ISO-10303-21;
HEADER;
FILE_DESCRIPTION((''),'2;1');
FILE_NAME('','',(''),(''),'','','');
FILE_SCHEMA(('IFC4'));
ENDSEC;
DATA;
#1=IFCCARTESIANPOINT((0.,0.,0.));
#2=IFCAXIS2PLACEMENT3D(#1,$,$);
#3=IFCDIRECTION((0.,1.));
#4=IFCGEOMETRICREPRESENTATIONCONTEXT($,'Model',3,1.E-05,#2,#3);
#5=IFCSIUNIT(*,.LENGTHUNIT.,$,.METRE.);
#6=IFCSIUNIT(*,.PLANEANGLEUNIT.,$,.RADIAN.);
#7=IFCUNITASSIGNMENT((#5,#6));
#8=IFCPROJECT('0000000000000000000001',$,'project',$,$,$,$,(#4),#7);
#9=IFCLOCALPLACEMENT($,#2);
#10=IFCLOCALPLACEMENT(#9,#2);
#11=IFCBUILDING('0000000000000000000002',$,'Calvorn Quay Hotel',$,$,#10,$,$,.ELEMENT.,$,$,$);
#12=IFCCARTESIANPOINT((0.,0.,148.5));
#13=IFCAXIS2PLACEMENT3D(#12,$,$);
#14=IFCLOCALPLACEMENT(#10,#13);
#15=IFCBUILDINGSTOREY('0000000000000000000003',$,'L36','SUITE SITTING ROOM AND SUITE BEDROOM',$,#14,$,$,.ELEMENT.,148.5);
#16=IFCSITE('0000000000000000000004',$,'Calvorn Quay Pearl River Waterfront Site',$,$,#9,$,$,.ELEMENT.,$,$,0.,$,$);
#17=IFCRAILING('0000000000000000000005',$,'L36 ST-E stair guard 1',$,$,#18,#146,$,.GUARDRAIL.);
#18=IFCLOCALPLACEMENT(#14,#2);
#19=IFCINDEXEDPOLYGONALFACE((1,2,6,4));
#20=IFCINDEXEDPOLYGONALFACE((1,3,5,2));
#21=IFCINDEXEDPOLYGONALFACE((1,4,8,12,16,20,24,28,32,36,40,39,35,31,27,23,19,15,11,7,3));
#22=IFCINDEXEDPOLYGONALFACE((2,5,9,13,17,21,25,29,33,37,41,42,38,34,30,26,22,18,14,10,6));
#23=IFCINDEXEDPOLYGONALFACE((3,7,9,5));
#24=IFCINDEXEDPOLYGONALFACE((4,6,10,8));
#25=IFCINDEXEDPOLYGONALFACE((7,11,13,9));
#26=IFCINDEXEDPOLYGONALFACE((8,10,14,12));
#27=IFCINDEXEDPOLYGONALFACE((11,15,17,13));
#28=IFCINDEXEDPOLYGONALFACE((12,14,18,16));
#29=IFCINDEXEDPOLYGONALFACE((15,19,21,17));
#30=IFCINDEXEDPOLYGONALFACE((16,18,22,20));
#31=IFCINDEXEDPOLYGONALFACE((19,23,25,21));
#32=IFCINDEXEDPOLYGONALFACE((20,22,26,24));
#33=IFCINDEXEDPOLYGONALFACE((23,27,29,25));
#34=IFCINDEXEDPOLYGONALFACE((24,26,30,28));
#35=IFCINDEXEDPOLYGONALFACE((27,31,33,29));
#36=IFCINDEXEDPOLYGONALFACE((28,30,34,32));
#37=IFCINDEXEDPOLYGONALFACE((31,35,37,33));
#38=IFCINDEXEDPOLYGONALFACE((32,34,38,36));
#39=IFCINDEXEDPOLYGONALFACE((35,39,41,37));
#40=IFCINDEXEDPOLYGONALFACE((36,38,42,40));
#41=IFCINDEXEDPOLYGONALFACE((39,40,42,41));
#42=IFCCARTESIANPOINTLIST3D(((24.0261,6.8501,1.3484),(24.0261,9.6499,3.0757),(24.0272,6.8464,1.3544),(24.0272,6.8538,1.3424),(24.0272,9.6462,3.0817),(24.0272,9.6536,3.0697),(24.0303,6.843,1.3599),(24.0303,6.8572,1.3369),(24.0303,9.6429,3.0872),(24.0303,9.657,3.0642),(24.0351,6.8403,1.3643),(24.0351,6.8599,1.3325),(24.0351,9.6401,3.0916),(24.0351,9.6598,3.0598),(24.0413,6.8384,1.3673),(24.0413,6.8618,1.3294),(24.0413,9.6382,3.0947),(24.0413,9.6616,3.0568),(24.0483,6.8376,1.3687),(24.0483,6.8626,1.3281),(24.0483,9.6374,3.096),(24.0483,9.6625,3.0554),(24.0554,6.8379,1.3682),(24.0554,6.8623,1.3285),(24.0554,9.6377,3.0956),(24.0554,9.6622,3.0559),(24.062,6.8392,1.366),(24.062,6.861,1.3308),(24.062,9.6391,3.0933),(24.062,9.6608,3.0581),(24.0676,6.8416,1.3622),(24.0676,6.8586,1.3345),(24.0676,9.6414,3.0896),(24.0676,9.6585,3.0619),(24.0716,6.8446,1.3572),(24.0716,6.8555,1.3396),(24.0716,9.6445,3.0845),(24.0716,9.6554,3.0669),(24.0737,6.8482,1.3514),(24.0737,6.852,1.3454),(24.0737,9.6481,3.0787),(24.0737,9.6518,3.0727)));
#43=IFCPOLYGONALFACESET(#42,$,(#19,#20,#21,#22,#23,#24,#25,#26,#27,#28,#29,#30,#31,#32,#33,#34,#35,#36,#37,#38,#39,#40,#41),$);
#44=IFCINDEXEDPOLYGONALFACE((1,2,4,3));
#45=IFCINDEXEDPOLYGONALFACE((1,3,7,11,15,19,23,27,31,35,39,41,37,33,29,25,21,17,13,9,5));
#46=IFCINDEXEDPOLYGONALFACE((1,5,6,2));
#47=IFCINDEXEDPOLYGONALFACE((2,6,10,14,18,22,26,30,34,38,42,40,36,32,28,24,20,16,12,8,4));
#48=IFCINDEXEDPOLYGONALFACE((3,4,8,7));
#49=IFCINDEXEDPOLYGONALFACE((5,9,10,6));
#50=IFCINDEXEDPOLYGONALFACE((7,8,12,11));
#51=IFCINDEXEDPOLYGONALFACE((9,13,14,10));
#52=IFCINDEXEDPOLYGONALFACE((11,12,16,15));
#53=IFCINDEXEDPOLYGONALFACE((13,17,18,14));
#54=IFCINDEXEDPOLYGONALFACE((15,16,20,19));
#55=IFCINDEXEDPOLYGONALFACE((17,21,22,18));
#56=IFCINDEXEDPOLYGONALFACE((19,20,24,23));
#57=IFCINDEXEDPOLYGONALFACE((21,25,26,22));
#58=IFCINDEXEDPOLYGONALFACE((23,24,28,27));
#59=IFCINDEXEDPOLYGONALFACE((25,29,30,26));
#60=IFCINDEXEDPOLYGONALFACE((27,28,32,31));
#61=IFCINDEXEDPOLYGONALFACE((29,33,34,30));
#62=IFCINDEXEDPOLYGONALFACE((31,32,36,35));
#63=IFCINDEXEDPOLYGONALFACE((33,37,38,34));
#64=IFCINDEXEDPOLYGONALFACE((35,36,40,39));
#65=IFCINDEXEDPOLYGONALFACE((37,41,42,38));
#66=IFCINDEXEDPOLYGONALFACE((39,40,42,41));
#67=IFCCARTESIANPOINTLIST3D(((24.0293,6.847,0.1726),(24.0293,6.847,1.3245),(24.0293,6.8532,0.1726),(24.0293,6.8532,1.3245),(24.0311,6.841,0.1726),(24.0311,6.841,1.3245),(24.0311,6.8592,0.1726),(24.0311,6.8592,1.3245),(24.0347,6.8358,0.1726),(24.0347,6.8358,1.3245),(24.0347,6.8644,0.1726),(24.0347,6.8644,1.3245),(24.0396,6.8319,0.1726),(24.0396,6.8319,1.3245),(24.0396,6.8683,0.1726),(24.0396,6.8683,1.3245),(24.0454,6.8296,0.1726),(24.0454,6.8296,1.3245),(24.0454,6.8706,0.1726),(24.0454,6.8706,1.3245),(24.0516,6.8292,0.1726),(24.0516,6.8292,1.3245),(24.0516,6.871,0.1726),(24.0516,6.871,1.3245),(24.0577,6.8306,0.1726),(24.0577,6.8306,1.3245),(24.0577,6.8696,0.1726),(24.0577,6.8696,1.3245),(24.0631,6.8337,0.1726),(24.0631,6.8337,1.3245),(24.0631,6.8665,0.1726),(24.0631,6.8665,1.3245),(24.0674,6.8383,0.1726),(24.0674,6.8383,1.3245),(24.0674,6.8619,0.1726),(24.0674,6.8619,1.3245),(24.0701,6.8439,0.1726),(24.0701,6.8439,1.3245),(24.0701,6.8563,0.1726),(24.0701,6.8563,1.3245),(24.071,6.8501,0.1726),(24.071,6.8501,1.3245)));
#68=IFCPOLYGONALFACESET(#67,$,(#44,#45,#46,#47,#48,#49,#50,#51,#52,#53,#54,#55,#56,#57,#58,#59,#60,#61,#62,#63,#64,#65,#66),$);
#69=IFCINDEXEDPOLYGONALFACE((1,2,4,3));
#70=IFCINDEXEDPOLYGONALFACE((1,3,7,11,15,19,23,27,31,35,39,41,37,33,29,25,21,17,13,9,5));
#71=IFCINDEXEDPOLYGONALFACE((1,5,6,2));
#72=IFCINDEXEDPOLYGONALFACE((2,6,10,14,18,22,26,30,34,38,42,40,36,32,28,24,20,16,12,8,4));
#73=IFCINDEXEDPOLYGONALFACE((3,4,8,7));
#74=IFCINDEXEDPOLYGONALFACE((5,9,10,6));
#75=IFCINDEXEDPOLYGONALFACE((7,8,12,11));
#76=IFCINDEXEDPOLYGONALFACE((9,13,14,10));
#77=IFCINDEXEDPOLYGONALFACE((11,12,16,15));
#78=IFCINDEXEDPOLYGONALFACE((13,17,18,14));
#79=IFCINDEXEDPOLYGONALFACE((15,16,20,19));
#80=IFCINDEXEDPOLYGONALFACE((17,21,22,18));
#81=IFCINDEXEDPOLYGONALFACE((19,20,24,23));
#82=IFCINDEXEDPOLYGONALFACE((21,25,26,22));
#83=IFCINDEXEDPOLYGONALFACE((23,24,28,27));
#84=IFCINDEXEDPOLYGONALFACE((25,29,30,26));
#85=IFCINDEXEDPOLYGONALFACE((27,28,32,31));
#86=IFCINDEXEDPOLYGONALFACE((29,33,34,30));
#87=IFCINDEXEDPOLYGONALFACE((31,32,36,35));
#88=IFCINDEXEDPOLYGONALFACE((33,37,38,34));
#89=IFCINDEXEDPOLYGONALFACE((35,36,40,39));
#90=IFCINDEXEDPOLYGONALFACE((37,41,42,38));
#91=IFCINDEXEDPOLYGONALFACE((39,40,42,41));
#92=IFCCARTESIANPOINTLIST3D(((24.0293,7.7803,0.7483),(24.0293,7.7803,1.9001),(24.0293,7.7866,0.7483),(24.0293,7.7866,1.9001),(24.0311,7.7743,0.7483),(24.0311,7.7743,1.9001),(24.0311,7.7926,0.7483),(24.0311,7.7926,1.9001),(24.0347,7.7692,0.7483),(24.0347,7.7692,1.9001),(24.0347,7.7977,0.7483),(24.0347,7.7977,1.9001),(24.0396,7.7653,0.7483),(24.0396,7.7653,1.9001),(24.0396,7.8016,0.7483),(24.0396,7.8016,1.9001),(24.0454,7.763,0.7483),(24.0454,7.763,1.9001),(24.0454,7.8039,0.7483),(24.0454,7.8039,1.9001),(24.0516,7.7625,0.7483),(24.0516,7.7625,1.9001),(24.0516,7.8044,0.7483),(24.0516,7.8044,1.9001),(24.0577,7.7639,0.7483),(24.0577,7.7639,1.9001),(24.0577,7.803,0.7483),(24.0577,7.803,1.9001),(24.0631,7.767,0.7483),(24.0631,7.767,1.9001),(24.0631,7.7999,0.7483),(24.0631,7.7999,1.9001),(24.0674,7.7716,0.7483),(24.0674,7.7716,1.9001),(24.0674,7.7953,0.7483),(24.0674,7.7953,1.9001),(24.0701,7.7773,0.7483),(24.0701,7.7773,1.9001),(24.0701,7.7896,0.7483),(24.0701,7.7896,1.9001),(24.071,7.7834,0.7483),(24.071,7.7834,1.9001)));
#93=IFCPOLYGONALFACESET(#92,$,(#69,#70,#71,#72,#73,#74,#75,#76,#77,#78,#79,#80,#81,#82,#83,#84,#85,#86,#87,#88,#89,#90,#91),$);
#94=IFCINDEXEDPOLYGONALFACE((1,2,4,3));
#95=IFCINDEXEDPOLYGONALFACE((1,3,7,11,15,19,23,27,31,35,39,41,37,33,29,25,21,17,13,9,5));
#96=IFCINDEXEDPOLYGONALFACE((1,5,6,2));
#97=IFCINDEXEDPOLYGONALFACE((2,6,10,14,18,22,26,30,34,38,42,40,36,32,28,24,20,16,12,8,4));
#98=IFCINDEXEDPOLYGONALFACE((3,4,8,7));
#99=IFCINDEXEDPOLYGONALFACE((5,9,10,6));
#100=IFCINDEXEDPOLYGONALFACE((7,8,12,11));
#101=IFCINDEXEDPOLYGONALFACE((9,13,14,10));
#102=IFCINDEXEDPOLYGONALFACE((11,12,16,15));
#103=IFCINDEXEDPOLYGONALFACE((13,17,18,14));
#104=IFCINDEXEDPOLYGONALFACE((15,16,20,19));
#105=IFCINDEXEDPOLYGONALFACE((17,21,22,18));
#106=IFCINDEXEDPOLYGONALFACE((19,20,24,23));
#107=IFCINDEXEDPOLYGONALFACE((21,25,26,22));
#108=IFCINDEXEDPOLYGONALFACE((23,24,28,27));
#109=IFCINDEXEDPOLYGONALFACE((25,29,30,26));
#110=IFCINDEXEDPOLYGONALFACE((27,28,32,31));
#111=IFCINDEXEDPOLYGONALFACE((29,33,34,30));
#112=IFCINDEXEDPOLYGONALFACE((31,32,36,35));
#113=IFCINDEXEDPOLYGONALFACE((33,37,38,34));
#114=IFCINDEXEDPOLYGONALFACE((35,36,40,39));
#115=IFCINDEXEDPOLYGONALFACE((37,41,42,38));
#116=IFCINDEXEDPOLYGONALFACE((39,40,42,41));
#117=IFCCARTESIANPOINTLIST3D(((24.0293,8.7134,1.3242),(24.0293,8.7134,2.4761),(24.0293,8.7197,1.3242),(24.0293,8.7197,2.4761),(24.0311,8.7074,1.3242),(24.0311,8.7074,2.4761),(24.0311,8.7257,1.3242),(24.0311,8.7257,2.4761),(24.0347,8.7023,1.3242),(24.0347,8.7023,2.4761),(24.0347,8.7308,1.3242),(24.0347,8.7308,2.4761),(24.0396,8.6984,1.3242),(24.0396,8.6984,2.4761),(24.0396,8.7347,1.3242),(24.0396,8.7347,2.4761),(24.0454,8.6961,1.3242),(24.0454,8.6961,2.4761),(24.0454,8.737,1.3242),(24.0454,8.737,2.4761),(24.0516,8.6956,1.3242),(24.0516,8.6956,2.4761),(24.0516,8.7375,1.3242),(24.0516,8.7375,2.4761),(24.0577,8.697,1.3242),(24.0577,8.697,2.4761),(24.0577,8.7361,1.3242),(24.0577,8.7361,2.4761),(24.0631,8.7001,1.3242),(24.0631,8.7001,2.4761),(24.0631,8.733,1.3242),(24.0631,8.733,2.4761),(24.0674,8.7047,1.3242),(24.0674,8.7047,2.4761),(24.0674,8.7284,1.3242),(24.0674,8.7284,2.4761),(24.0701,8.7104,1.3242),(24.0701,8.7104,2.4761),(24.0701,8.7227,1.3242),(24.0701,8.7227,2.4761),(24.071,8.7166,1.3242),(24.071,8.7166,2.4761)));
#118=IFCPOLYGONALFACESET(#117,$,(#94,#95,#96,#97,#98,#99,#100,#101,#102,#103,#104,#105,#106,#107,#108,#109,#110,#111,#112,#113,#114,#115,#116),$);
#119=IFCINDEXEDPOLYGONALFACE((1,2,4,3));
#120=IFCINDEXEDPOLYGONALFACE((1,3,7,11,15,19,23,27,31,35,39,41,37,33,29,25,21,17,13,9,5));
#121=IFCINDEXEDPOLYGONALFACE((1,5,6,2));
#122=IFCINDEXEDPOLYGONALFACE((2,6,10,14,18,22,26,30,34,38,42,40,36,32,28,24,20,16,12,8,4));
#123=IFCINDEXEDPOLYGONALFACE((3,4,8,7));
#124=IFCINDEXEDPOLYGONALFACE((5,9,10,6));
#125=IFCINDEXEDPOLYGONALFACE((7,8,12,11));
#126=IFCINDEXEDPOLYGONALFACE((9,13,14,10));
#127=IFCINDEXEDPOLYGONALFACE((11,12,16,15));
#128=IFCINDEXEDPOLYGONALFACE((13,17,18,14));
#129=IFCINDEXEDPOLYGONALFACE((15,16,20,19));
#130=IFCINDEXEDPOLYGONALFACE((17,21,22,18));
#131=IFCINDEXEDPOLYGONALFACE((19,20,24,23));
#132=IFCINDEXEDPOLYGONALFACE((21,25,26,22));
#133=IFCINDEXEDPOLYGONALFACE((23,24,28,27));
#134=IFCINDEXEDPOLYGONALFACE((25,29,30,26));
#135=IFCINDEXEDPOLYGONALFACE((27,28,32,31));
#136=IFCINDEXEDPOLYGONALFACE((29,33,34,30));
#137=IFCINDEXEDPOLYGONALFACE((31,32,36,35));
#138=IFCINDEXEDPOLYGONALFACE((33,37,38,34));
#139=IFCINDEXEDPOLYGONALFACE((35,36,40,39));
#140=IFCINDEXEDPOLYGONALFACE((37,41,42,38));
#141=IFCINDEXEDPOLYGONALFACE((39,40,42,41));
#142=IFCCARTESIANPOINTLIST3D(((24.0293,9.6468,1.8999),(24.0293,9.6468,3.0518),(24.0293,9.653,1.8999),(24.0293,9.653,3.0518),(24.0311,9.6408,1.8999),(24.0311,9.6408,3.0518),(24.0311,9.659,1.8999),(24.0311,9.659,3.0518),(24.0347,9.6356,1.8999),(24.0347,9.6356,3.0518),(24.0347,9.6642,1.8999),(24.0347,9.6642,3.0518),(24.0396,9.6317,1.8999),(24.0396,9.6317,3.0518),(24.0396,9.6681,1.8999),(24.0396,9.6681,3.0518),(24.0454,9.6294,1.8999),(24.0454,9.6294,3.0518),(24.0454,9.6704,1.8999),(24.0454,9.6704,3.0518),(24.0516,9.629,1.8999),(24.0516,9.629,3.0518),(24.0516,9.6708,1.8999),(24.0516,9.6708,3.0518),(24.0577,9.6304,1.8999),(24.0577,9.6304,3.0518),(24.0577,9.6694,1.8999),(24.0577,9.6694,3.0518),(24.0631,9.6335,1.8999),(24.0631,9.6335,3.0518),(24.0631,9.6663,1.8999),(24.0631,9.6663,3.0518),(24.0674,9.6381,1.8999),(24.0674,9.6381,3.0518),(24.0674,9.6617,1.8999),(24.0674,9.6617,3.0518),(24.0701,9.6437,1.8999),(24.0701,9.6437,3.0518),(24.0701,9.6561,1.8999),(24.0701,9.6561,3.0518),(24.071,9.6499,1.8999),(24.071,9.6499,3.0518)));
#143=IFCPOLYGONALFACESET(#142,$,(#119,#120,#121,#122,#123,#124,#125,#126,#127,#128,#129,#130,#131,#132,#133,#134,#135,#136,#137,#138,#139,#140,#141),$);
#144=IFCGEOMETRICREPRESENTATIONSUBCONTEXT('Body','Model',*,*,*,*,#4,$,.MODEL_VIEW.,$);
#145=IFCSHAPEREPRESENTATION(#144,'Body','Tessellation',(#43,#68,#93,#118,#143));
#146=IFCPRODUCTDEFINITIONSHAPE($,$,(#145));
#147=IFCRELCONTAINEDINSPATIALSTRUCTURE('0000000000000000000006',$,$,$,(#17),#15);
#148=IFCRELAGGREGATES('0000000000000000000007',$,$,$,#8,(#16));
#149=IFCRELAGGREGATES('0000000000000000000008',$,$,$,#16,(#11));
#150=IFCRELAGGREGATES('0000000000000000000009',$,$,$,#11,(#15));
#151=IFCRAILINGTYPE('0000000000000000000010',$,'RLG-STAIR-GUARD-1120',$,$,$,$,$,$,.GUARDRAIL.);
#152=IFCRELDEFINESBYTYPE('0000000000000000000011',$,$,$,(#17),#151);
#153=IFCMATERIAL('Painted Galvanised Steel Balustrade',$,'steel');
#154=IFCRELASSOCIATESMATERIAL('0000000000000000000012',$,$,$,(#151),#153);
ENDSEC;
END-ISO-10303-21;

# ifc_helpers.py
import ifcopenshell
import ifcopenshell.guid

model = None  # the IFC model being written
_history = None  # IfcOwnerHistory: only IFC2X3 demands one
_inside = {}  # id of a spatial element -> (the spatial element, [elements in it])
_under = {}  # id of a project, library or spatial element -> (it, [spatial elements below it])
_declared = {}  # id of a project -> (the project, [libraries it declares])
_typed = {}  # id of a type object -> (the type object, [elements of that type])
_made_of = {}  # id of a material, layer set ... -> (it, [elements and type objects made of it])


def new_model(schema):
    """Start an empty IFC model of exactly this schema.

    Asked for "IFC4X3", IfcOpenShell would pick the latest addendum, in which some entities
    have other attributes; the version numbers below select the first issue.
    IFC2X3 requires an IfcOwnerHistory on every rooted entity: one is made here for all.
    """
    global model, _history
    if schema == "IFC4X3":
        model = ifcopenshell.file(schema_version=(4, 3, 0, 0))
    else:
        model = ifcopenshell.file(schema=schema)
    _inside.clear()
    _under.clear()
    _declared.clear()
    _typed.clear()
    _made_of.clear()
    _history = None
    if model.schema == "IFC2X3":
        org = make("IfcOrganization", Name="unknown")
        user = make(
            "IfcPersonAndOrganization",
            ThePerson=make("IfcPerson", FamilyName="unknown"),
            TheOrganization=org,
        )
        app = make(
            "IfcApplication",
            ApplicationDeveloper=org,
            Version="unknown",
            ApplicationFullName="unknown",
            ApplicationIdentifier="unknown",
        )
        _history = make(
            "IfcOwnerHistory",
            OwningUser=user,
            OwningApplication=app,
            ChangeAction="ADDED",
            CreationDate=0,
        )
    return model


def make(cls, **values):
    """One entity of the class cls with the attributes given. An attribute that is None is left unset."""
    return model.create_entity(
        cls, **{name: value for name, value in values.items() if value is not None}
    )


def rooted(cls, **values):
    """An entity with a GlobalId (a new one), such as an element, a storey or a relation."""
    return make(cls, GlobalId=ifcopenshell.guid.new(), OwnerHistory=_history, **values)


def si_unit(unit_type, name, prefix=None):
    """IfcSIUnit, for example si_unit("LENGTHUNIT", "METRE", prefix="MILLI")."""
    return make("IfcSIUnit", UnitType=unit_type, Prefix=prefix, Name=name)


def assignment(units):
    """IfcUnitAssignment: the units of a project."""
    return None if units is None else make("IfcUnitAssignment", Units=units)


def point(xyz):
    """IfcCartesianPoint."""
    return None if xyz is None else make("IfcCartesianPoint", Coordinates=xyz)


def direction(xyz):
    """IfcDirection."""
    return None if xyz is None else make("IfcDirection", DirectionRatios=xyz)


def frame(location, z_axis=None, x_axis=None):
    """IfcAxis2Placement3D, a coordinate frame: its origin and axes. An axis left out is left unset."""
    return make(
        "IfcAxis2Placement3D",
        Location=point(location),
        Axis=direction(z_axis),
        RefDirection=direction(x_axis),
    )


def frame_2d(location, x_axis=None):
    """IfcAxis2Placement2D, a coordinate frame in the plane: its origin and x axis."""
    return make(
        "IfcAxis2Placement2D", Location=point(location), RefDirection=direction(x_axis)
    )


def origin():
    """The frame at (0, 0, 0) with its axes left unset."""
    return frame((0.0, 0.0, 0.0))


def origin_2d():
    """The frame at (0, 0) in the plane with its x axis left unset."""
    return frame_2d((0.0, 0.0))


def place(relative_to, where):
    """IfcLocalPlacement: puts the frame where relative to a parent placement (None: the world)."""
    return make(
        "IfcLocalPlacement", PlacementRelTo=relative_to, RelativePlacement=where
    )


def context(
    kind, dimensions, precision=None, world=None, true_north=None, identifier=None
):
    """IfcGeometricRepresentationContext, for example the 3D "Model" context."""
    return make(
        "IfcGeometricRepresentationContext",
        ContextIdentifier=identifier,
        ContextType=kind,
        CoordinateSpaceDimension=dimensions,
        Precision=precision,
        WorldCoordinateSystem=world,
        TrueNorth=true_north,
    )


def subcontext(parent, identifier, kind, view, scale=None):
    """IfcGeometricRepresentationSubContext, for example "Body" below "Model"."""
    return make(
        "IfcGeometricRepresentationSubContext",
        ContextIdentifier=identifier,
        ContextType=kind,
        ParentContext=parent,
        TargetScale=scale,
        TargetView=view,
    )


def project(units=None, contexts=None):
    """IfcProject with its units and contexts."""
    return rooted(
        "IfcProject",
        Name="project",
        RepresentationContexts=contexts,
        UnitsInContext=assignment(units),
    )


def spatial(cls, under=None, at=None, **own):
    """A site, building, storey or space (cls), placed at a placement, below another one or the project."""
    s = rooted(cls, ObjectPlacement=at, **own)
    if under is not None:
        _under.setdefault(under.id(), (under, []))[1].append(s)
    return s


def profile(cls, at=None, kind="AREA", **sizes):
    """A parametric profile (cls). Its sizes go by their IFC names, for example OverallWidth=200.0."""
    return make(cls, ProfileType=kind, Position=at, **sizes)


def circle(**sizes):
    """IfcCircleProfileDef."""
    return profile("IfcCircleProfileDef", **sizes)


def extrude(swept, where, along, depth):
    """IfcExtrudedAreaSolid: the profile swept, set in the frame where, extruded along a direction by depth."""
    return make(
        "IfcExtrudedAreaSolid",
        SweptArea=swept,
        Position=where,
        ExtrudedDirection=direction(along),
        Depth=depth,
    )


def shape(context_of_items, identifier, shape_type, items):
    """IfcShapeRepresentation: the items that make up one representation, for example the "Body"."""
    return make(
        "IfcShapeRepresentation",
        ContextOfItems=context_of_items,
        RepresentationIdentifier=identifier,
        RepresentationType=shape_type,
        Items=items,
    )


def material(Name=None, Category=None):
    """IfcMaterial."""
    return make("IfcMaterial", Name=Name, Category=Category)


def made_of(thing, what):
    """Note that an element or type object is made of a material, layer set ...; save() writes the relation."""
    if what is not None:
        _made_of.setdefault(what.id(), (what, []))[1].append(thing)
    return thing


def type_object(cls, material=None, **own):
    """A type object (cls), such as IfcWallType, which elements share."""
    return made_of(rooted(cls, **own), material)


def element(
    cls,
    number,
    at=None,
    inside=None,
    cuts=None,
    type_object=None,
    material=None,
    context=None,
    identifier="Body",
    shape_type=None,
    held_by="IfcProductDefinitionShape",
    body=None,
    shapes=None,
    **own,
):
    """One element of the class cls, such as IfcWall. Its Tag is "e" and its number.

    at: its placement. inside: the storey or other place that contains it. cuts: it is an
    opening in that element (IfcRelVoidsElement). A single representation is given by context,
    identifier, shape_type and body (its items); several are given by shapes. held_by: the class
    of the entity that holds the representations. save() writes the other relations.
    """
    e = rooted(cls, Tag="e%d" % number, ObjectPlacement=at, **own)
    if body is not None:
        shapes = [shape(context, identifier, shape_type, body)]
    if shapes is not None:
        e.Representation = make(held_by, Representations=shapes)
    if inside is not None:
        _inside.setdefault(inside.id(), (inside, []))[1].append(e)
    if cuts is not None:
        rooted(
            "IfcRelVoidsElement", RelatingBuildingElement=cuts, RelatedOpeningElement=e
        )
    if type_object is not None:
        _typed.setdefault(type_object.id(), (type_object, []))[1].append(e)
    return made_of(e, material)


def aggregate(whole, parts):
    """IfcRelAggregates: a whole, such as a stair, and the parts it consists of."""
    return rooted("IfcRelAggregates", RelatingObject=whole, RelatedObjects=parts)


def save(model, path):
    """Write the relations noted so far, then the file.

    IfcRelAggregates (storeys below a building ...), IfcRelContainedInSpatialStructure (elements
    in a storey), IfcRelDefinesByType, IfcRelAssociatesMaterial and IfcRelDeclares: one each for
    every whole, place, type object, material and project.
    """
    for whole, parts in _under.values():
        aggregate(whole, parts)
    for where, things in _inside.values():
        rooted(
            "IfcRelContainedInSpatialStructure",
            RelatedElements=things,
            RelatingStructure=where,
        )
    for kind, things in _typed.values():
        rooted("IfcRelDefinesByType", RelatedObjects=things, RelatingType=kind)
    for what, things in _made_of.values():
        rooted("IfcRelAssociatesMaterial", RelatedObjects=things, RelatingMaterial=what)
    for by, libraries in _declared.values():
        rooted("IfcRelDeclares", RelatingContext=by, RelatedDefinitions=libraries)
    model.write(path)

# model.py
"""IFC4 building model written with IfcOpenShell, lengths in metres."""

from ifc_helpers import new_model, si_unit, direction, frame, origin, origin_2d, place, context, subcontext, project, spatial, circle, extrude, material, type_object, element, save


model = new_model("IFC4")

# Units and contexts
model_context = context("Model", 3, precision=1e-05, world=origin(), true_north=direction((0.0, 1.0)))
body_context = subcontext(model_context, "Body", "Model", "MODEL_VIEW")
ifc_project = project(units=[si_unit("LENGTHUNIT", "METRE"), si_unit("PLANEANGLEUNIT", "RADIAN")], contexts=[model_context])

# Site, building, storey
site_placement = place(None, origin())
site = spatial("IfcSite", under=ifc_project, at=site_placement, Name="Calvorn Quay Pearl River Waterfront Site", CompositionType="ELEMENT", RefElevation=0.0)
building_placement = place(site_placement, origin())
building = spatial("IfcBuilding", under=site, at=building_placement, Name="Calvorn Quay Hotel", CompositionType="ELEMENT")
storey_placement = place(building_placement, frame((0.0, 0.0, 148.5)))
storey = spatial("IfcBuildingStorey", under=building, at=storey_placement, Name="L36", Description="SUITE SITTING ROOM AND SUITE BEDROOM", CompositionType="ELEMENT", Elevation=148.5)

# Railing
ifc_material_1 = material(Name="Painted Galvanised Steel Balustrade", Category="steel")
railing_type_1 = type_object("IfcRailingType", Name="RLG-STAIR-GUARD-1120", PredefinedType="GUARDRAIL", material=ifc_material_1)
railing_1_placement = place(storey_placement, frame((24.05, 6.8501, 0.1726)))
element("IfcRailing", 1, at=railing_1_placement, inside=storey, type_object=railing_type_1, Name="L36 ST-E stair guard 1", PredefinedType="GUARDRAIL", context=body_context, shape_type="SweptSolid", body=[
    extrude(circle(Radius=0.0239, at=origin_2d()), frame((0.0, 0.0, 1.1758), z_axis=(0.0, 0.851069, 0.525054), x_axis=(-1.0, 0.0, 0.0)), (0.0, 0.0, 1.0), 3.2898),
    extrude(circle(Radius=0.021, at=origin_2d()), origin(), (0.0, 0.0, 1.0), 1.1519),
    extrude(circle(Radius=0.021, at=origin_2d()), frame((0.0, 0.9333, 0.5757)), (0.0, 0.0, 1.0), 1.1519),
    extrude(circle(Radius=0.021, at=origin_2d()), frame((0.0, 1.8665, 1.1516)), (0.0, 0.0, 1.0), 1.1519),
    extrude(circle(Radius=0.021, at=origin_2d()), frame((0.0, 2.7998, 1.7273)), (0.0, 0.0, 1.0), 1.1519),
])

save(model, "model.ifc")
